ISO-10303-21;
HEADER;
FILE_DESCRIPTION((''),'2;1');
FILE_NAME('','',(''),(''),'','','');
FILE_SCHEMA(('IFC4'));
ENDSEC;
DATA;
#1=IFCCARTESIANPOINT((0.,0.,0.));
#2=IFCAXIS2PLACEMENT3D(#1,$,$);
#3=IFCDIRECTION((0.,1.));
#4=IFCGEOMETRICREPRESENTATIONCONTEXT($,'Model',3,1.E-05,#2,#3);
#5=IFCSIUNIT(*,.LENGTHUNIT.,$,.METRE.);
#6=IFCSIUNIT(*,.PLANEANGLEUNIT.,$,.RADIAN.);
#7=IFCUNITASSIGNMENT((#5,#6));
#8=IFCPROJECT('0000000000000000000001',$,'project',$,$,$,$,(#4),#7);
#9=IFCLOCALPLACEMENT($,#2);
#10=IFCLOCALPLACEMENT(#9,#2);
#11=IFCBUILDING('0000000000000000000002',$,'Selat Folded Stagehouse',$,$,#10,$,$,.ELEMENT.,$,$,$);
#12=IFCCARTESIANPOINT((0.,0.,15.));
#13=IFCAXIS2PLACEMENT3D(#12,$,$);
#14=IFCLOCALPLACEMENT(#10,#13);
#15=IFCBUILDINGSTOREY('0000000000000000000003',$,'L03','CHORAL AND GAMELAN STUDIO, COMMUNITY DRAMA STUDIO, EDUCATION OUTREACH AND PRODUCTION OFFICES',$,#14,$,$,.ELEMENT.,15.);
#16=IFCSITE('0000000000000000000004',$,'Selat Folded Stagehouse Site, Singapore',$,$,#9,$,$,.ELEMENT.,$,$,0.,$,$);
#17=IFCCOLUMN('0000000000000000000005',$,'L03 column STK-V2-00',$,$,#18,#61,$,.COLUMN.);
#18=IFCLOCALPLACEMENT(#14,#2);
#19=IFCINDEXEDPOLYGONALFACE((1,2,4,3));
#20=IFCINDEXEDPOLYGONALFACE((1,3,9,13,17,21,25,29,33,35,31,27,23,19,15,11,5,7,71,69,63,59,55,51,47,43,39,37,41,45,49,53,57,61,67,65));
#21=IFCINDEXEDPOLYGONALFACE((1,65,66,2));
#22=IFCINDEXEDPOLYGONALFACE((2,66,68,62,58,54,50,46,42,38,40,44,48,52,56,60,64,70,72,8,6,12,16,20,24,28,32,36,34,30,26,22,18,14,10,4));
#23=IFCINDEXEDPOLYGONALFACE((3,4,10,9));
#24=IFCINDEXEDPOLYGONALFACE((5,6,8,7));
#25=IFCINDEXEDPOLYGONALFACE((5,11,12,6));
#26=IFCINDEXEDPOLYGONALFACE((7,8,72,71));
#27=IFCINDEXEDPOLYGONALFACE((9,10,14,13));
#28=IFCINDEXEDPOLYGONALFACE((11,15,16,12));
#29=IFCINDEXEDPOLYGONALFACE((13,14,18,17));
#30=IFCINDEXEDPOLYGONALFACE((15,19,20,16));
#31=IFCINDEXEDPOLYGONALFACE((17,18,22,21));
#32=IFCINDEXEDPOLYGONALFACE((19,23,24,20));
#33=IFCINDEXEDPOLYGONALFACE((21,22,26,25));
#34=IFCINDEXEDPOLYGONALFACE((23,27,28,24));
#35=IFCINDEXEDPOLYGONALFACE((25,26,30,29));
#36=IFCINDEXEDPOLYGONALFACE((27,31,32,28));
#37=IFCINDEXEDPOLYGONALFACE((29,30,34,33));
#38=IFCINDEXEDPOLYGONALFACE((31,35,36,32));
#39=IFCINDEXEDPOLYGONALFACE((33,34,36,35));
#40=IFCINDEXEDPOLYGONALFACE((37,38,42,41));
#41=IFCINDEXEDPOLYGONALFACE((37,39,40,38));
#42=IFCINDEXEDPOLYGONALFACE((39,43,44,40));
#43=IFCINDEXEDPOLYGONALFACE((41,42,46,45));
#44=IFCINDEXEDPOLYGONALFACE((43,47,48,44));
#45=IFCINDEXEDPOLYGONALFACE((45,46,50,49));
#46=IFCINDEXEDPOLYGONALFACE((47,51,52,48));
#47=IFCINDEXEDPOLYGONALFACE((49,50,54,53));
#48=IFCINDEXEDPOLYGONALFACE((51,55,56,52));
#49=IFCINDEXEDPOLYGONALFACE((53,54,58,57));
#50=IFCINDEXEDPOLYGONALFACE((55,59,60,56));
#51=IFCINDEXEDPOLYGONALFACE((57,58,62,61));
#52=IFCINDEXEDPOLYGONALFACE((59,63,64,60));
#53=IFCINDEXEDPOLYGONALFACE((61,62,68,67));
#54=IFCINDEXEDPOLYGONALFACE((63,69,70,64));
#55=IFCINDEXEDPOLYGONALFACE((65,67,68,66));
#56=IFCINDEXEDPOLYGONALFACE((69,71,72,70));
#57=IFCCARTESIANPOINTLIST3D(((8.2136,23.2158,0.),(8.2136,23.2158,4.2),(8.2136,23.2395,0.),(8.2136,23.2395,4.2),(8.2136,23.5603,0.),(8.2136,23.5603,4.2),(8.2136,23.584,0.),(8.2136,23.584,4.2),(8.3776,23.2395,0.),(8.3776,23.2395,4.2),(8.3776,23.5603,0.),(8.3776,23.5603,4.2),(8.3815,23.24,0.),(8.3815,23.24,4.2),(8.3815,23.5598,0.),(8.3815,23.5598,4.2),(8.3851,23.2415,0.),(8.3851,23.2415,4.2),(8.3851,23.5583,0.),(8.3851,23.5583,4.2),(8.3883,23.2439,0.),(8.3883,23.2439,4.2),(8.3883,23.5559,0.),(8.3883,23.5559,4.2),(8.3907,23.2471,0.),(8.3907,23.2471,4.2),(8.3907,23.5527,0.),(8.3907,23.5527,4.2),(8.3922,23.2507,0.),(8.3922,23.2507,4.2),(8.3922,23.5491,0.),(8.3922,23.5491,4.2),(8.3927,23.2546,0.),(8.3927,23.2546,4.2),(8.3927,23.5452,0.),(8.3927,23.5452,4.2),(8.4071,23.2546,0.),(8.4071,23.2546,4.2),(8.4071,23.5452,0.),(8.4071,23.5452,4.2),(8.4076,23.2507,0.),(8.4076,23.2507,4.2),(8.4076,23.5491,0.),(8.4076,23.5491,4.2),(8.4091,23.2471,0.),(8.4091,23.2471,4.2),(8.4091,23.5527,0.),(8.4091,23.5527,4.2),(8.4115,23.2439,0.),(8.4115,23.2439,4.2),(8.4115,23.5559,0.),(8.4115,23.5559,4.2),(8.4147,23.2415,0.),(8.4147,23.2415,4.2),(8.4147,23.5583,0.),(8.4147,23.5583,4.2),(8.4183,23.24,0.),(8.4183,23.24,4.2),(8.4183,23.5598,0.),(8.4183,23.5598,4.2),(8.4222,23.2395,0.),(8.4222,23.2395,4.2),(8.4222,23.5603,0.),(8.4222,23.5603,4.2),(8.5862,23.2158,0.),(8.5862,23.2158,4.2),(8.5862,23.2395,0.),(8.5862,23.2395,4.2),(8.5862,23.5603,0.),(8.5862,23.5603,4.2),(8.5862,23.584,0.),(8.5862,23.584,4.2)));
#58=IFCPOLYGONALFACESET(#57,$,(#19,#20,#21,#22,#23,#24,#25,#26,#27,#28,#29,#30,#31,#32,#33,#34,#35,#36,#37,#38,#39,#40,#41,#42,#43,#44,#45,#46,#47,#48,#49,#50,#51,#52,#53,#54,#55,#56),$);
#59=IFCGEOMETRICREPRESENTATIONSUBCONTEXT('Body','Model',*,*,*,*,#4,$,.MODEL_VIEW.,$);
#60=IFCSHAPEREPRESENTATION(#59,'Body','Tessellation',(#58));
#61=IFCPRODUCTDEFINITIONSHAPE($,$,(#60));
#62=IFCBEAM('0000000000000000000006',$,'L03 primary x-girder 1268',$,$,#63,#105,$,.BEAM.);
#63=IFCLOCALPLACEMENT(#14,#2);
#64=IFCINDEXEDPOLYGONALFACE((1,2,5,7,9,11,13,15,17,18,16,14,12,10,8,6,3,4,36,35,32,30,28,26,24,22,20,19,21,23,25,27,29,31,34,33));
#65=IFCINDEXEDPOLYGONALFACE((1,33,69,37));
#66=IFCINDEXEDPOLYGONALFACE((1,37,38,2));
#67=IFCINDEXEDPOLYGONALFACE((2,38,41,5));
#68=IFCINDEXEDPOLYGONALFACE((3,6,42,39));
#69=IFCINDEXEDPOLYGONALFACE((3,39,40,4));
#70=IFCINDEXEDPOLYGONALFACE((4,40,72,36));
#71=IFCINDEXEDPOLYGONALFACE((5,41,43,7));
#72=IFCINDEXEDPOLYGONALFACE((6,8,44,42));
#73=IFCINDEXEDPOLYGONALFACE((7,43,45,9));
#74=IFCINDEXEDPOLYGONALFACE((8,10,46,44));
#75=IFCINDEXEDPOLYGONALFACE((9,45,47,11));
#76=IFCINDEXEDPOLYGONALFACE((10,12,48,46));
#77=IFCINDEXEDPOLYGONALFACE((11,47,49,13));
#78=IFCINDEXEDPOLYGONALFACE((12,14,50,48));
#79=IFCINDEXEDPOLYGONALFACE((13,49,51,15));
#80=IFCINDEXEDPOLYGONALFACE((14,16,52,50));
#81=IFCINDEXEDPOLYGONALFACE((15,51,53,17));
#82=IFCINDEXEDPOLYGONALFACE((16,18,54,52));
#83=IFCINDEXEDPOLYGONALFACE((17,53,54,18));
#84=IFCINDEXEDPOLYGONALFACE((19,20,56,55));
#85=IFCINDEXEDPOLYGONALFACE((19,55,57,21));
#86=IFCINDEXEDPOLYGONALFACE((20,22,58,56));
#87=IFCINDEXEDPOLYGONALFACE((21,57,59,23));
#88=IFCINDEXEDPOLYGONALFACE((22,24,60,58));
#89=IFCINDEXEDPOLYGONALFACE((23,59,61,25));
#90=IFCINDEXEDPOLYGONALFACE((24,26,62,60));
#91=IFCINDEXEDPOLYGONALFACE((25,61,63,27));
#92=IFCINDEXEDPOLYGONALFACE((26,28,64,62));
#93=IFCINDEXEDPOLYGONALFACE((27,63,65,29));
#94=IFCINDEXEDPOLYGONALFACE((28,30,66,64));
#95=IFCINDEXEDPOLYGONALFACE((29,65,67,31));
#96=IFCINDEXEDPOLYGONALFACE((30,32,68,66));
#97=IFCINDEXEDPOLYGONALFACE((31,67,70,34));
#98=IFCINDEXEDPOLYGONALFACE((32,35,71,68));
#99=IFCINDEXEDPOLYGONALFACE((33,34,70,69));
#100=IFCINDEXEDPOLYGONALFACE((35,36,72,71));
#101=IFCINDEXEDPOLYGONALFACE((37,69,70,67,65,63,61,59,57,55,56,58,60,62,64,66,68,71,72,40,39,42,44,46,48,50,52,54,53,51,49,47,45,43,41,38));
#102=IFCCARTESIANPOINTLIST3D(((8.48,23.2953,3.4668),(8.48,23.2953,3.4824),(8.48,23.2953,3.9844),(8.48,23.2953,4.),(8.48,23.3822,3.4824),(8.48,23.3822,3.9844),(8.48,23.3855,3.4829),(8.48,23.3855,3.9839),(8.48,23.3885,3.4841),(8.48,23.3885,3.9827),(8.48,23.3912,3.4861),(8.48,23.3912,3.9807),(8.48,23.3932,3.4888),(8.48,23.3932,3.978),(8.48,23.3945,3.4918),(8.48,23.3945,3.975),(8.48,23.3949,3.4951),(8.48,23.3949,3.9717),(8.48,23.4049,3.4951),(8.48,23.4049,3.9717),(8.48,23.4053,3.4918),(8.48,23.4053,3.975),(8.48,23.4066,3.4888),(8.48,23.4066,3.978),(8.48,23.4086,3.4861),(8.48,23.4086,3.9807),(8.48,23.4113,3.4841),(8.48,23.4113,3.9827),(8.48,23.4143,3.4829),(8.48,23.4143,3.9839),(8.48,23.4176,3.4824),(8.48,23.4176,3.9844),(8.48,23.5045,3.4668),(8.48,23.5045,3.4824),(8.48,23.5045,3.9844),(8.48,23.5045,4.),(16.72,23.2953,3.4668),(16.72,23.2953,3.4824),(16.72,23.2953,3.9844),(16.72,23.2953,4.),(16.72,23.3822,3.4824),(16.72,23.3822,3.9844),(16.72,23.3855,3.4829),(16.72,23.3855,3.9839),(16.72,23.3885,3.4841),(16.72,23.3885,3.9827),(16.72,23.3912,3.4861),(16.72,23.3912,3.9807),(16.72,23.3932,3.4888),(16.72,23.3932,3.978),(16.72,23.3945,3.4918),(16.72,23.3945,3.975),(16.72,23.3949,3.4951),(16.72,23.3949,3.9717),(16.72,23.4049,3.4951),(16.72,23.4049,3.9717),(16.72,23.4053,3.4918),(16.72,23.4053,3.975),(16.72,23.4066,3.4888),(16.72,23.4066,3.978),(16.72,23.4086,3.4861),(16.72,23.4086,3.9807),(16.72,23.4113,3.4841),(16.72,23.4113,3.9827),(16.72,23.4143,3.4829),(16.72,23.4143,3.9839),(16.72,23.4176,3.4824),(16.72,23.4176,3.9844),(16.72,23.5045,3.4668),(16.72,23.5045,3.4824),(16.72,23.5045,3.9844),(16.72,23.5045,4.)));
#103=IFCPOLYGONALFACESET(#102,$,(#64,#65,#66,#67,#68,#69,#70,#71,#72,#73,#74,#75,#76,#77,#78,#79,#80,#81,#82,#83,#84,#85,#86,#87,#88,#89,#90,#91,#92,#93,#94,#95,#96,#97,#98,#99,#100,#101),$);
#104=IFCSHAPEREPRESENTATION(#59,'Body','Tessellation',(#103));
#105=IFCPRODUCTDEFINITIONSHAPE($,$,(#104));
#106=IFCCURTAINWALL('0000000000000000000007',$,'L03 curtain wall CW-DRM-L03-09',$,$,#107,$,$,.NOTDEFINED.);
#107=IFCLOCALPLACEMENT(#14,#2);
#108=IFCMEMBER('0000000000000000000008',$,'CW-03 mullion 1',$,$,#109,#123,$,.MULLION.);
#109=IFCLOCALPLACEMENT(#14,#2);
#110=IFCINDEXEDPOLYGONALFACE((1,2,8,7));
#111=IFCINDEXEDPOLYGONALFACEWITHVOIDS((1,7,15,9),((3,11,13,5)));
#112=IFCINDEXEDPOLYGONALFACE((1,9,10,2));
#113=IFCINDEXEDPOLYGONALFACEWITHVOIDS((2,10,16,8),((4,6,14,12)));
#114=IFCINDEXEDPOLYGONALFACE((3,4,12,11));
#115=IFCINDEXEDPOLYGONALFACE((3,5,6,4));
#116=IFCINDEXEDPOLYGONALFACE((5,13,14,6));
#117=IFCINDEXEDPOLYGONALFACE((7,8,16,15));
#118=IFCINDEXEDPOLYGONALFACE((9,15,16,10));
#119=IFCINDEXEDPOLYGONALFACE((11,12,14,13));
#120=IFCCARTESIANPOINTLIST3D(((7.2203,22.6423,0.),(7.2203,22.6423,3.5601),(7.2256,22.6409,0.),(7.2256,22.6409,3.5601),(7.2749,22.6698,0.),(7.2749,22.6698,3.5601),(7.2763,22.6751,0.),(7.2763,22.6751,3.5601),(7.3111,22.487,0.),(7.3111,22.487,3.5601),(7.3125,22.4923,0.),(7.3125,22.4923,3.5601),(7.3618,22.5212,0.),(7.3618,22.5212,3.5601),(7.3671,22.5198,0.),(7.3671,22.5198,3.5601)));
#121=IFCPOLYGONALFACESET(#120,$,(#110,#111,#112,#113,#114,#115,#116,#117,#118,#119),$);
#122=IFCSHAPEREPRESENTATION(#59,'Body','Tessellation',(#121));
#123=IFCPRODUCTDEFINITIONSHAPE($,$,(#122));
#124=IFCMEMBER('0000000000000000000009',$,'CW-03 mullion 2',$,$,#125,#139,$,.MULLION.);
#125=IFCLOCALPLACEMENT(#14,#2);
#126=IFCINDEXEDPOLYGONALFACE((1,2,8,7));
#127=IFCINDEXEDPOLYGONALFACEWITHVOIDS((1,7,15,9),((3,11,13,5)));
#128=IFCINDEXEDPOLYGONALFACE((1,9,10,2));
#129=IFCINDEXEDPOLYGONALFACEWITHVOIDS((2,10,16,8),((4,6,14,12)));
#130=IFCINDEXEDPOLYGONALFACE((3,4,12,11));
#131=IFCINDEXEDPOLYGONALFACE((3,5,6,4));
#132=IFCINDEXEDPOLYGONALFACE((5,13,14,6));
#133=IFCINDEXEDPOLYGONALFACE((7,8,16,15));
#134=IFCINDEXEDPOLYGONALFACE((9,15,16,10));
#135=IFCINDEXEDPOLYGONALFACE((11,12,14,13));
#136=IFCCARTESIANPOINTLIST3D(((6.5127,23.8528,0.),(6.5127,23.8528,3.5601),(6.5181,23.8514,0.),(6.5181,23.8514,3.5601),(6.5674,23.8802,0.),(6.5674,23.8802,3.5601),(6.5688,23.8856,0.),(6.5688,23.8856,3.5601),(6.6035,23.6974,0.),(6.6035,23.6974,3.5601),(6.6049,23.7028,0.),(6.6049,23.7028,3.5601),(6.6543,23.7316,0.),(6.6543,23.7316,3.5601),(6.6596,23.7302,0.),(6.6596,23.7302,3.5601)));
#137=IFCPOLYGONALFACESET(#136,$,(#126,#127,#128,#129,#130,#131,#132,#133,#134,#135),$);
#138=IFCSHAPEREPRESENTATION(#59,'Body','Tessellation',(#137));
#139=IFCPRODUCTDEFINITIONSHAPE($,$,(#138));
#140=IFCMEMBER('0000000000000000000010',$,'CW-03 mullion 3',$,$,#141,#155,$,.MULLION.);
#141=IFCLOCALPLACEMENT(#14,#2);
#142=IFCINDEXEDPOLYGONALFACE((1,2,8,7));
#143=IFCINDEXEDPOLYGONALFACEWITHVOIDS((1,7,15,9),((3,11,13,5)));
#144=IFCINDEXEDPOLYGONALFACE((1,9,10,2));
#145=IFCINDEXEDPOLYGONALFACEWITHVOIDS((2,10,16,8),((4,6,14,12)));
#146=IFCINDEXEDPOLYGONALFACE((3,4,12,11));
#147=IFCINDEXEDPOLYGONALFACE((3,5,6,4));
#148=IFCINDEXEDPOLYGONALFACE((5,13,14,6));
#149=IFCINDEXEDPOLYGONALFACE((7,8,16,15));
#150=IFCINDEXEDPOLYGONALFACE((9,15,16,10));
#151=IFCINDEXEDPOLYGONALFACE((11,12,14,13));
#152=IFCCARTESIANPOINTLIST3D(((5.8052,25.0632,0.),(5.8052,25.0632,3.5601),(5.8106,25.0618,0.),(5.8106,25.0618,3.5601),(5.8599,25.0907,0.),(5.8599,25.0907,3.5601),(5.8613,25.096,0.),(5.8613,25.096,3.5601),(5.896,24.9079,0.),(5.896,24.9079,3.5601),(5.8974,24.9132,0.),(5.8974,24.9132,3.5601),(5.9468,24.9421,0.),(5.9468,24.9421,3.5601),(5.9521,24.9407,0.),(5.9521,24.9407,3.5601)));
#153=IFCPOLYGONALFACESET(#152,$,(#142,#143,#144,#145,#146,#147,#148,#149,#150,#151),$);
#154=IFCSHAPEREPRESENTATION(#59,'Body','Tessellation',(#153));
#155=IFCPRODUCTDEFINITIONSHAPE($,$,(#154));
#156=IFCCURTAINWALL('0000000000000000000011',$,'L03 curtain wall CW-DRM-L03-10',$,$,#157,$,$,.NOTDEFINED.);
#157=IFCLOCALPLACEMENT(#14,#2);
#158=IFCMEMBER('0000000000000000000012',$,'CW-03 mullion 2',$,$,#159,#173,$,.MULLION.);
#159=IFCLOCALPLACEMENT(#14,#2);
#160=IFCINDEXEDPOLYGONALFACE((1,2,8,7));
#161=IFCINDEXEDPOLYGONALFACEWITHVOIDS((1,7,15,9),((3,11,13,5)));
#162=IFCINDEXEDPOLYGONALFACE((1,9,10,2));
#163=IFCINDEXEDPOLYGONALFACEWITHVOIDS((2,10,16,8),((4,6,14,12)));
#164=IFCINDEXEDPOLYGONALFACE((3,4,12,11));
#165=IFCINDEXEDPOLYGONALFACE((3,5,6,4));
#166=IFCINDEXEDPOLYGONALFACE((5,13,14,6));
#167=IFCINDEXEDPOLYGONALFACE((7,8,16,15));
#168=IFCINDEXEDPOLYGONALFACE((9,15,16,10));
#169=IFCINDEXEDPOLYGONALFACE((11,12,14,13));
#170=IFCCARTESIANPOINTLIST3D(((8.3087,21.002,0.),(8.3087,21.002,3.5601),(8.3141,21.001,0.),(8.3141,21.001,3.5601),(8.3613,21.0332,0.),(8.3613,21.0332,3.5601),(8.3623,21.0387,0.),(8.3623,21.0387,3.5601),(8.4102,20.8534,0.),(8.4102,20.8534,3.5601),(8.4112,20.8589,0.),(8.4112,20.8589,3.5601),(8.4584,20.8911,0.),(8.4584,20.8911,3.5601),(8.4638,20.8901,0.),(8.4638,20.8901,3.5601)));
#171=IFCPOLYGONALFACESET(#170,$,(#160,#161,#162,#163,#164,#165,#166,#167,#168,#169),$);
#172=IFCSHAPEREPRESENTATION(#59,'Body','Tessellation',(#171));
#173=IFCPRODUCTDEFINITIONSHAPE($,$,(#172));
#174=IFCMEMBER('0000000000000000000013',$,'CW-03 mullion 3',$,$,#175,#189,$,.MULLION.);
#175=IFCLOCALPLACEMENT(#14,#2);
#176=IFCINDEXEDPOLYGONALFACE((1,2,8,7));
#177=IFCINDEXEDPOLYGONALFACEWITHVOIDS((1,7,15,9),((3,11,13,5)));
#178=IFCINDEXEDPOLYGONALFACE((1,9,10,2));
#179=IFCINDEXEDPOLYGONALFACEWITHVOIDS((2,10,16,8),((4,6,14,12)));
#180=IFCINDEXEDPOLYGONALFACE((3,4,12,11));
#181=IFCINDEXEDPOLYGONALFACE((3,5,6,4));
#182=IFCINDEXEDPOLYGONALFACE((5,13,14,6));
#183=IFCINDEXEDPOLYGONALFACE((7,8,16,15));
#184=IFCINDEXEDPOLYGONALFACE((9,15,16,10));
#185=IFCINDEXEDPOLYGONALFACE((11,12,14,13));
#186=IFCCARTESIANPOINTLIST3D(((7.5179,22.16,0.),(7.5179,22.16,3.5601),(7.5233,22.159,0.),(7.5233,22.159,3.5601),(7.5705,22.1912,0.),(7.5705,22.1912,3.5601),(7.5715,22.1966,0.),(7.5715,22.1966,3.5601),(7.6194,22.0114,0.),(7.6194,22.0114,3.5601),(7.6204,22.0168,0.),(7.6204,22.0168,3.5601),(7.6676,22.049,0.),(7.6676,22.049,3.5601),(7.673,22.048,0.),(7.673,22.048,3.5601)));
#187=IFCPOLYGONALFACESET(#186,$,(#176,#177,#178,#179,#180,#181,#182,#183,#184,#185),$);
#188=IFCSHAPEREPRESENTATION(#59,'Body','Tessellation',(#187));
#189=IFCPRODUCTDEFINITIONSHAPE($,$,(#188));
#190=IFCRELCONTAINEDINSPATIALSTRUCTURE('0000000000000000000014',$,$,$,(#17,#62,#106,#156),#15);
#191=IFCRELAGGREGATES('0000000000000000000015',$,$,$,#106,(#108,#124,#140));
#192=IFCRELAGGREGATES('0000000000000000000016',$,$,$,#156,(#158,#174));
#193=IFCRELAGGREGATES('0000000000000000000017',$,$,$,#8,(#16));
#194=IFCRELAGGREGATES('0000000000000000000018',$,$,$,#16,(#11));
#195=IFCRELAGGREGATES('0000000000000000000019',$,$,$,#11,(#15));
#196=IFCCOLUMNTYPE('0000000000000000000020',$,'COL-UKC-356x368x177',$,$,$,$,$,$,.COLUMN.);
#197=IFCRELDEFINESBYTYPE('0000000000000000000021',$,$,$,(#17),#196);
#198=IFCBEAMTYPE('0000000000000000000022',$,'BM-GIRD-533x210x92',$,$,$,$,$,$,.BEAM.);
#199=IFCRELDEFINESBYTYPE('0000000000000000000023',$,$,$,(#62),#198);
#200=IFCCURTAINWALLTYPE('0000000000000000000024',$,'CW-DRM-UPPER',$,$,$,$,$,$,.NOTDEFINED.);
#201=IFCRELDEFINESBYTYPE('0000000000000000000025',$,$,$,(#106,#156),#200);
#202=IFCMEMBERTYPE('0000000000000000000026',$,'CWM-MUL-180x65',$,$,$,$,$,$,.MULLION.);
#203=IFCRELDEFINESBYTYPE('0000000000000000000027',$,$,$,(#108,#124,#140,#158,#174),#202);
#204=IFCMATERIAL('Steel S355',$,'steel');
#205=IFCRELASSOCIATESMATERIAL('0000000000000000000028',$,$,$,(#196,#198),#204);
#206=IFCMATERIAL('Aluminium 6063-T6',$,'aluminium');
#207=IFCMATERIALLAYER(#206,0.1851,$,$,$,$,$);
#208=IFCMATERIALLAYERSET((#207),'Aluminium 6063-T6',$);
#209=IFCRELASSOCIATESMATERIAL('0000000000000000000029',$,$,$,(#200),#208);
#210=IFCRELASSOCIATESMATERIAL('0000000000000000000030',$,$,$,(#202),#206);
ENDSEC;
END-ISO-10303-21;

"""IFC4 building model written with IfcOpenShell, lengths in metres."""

from ifc_helpers import new_model, si_unit, direction, frame, origin, origin_2d, place, context, subcontext, project, spatial, hollow_rectangle, i_section, extrude, material, layer, layer_set, material_profile, profile_set, type_object, element, aggregate, save


model = new_model("IFC4")

# Units and contexts
model_context = context("Model", 3, precision=1e-05, world=origin(), true_north=direction((0.0, 1.0)))
body_context = subcontext(model_context, "Body", "Model", "MODEL_VIEW")
ifc_project = project(units=[si_unit("LENGTHUNIT", "METRE"), si_unit("PLANEANGLEUNIT", "RADIAN")], contexts=[model_context])

# Site, building, storey
site_placement = place(None, origin())
site = spatial("IfcSite", under=ifc_project, at=site_placement, Name="Selat Folded Stagehouse Site, Singapore", CompositionType="ELEMENT", RefElevation=0.0)
building_placement = place(site_placement, origin())
building = spatial("IfcBuilding", under=site, at=building_placement, Name="Selat Folded Stagehouse", CompositionType="ELEMENT")
storey_placement = place(building_placement, frame((0.0, 0.0, 15.0)))
storey = spatial("IfcBuildingStorey", under=building, at=storey_placement, Name="L03", Description="CHORAL AND GAMELAN STUDIO, COMMUNITY DRAMA STUDIO, EDUCATION OUTREACH AND PRODUCTION OFFICES", CompositionType="ELEMENT", Elevation=15.0)

# Column
ifc_material_1 = material(Name="Steel S355", Category="steel")
ifc_material_profile_1 = material_profile(ifc_material_1, i_section(OverallWidth=0.3726, OverallDepth=0.3682, WebThickness=0.0144, FlangeThickness=0.0237, FilletRadius=0.0151, at=origin_2d()), Name="UKC 356x368x177")
ifc_profile_set_1 = profile_set([ifc_material_profile_1], Name="Steel S355")
column_type = type_object("IfcColumnType", Name="COL-UKC-356x368x177", PredefinedType="COLUMN", material=ifc_profile_set_1)
column_placement = place(storey_placement, frame((8.3999, 23.3999, 0.0), z_axis=(0.0, 0.0, 1.0), x_axis=(1.0, 0.0, 0.0)))
element("IfcColumn", 1, at=column_placement, inside=storey, type_object=column_type, Name="L03 column STK-V2-00", PredefinedType="COLUMN", context=body_context, shape_type="SweptSolid", body=[
    extrude(i_section(OverallWidth=0.3726, OverallDepth=0.3682, WebThickness=0.0144, FlangeThickness=0.0237, FilletRadius=0.0151, at=origin_2d()), origin(), (0.0, 0.0, 1.0), 4.2),
])

# Beam
ifc_material_profile_2 = material_profile(ifc_material_1, i_section(OverallWidth=0.2092, OverallDepth=0.5332, WebThickness=0.01, FlangeThickness=0.0156, FilletRadius=0.0127, at=origin_2d()), Name="UKB 533x210x92")
ifc_profile_set_2 = profile_set([ifc_material_profile_2], Name="Steel S355")
beam_type_1 = type_object("IfcBeamType", Name="BM-GIRD-533x210x92", PredefinedType="BEAM", material=ifc_profile_set_2)
beam_1_placement = place(storey_placement, frame((8.48, 23.3999, 3.7334), z_axis=(1.0, 0.0, 0.0), x_axis=(0.0, 1.0, 0.0)))
element("IfcBeam", 2, at=beam_1_placement, inside=storey, type_object=beam_type_1, Name="L03 primary x-girder 1268", PredefinedType="BEAM", context=body_context, shape_type="SweptSolid", body=[
    extrude(i_section(OverallWidth=0.2092, OverallDepth=0.5332, WebThickness=0.01, FlangeThickness=0.0156, FilletRadius=0.0127, at=origin_2d()), origin(), (0.0, 0.0, 1.0), 8.24),
])

# Curtain walls, members
ifc_material_2 = material(Name="Aluminium 6063-T6", Category="aluminium")
ifc_layer_1 = layer(ifc_material_2, 0.1851)
ifc_layer_set_1 = layer_set([ifc_layer_1], Name="Aluminium 6063-T6")
curtain_wall_type = type_object("IfcCurtainWallType", Name="CW-DRM-UPPER", PredefinedType="NOTDEFINED", material=ifc_layer_set_1)
curtain_wall_1_placement = place(storey_placement, origin())
curtain_wall_1 = element("IfcCurtainWall", 3, at=curtain_wall_1_placement, inside=storey, type_object=curtain_wall_type, Name="L03 curtain wall CW-DRM-L03-09", PredefinedType="NOTDEFINED")
ifc_material_profile_3 = material_profile(ifc_material_2, hollow_rectangle(XDim=0.0649, YDim=0.1799, WallThickness=0.0039, at=origin_2d()), Name="ALU 180x65x4.0")
ifc_profile_set_3 = profile_set([ifc_material_profile_3], Name="Aluminium 6063-T6")
member_type_1 = type_object("IfcMemberType", Name="CWM-MUL-180x65", PredefinedType="MULLION", material=ifc_profile_set_3)
member_1_placement = place(storey_placement, frame((7.2937, 22.5811, 0.0), z_axis=(0.0, 0.0, 1.0), x_axis=(-0.863332, -0.504636, 0.0)))
member_1 = element("IfcMember", 4, at=member_1_placement, type_object=member_type_1, Name="CW-03 mullion 1", PredefinedType="MULLION", context=body_context, shape_type="SweptSolid", body=[
    extrude(hollow_rectangle(XDim=0.0649, YDim=0.1799, WallThickness=0.0039, at=origin_2d()), origin(), (0.0, 0.0, 1.0), 3.5601),
])
member_2_placement = place(storey_placement, frame((6.5862, 23.7915, 0.0), z_axis=(0.0, 0.0, 1.0), x_axis=(-0.863332, -0.504636, 0.0)))
member_2 = element("IfcMember", 5, at=member_2_placement, type_object=member_type_1, Name="CW-03 mullion 2", PredefinedType="MULLION", context=body_context, shape_type="SweptSolid", body=[
    extrude(hollow_rectangle(XDim=0.0649, YDim=0.1799, WallThickness=0.0039, at=origin_2d()), origin(), (0.0, 0.0, 1.0), 3.5601),
])
member_3_placement = place(storey_placement, frame((5.8787, 25.002, 0.0), z_axis=(0.0, 0.0, 1.0), x_axis=(-0.863332, -0.504636, 0.0)))
member_3 = element("IfcMember", 6, at=member_3_placement, type_object=member_type_1, Name="CW-03 mullion 3", PredefinedType="MULLION", context=body_context, shape_type="SweptSolid", body=[
    extrude(hollow_rectangle(XDim=0.0649, YDim=0.1799, WallThickness=0.0039, at=origin_2d()), origin(), (0.0, 0.0, 1.0), 3.5601),
])
curtain_wall_2_placement = place(storey_placement, origin())
curtain_wall_2 = element("IfcCurtainWall", 7, at=curtain_wall_2_placement, inside=storey, type_object=curtain_wall_type, Name="L03 curtain wall CW-DRM-L03-10", PredefinedType="NOTDEFINED")
member_4_placement = place(storey_placement, frame((8.3862, 20.946, 0.0), z_axis=(0.0, 0.0, 1.0), x_axis=(-0.82581, -0.563948, 0.0)))
member_4 = element("IfcMember", 8, at=member_4_placement, type_object=member_type_1, Name="CW-03 mullion 2", PredefinedType="MULLION", context=body_context, shape_type="SweptSolid", body=[
    extrude(hollow_rectangle(XDim=0.0649, YDim=0.1799, WallThickness=0.0039, at=origin_2d()), origin(), (0.0, 0.0, 1.0), 3.5601),
])
member_5_placement = place(storey_placement, frame((7.5955, 22.104, 0.0), z_axis=(0.0, 0.0, 1.0), x_axis=(-0.82581, -0.563948, 0.0)))
member_5 = element("IfcMember", 9, at=member_5_placement, type_object=member_type_1, Name="CW-03 mullion 3", PredefinedType="MULLION", context=body_context, shape_type="SweptSolid", body=[
    extrude(hollow_rectangle(XDim=0.0649, YDim=0.1799, WallThickness=0.0039, at=origin_2d()), origin(), (0.0, 0.0, 1.0), 3.5601),
])

aggregate(curtain_wall_1, [member_1, member_2, member_3])
aggregate(curtain_wall_2, [member_4, member_5])

save(model, "model.ifc")
